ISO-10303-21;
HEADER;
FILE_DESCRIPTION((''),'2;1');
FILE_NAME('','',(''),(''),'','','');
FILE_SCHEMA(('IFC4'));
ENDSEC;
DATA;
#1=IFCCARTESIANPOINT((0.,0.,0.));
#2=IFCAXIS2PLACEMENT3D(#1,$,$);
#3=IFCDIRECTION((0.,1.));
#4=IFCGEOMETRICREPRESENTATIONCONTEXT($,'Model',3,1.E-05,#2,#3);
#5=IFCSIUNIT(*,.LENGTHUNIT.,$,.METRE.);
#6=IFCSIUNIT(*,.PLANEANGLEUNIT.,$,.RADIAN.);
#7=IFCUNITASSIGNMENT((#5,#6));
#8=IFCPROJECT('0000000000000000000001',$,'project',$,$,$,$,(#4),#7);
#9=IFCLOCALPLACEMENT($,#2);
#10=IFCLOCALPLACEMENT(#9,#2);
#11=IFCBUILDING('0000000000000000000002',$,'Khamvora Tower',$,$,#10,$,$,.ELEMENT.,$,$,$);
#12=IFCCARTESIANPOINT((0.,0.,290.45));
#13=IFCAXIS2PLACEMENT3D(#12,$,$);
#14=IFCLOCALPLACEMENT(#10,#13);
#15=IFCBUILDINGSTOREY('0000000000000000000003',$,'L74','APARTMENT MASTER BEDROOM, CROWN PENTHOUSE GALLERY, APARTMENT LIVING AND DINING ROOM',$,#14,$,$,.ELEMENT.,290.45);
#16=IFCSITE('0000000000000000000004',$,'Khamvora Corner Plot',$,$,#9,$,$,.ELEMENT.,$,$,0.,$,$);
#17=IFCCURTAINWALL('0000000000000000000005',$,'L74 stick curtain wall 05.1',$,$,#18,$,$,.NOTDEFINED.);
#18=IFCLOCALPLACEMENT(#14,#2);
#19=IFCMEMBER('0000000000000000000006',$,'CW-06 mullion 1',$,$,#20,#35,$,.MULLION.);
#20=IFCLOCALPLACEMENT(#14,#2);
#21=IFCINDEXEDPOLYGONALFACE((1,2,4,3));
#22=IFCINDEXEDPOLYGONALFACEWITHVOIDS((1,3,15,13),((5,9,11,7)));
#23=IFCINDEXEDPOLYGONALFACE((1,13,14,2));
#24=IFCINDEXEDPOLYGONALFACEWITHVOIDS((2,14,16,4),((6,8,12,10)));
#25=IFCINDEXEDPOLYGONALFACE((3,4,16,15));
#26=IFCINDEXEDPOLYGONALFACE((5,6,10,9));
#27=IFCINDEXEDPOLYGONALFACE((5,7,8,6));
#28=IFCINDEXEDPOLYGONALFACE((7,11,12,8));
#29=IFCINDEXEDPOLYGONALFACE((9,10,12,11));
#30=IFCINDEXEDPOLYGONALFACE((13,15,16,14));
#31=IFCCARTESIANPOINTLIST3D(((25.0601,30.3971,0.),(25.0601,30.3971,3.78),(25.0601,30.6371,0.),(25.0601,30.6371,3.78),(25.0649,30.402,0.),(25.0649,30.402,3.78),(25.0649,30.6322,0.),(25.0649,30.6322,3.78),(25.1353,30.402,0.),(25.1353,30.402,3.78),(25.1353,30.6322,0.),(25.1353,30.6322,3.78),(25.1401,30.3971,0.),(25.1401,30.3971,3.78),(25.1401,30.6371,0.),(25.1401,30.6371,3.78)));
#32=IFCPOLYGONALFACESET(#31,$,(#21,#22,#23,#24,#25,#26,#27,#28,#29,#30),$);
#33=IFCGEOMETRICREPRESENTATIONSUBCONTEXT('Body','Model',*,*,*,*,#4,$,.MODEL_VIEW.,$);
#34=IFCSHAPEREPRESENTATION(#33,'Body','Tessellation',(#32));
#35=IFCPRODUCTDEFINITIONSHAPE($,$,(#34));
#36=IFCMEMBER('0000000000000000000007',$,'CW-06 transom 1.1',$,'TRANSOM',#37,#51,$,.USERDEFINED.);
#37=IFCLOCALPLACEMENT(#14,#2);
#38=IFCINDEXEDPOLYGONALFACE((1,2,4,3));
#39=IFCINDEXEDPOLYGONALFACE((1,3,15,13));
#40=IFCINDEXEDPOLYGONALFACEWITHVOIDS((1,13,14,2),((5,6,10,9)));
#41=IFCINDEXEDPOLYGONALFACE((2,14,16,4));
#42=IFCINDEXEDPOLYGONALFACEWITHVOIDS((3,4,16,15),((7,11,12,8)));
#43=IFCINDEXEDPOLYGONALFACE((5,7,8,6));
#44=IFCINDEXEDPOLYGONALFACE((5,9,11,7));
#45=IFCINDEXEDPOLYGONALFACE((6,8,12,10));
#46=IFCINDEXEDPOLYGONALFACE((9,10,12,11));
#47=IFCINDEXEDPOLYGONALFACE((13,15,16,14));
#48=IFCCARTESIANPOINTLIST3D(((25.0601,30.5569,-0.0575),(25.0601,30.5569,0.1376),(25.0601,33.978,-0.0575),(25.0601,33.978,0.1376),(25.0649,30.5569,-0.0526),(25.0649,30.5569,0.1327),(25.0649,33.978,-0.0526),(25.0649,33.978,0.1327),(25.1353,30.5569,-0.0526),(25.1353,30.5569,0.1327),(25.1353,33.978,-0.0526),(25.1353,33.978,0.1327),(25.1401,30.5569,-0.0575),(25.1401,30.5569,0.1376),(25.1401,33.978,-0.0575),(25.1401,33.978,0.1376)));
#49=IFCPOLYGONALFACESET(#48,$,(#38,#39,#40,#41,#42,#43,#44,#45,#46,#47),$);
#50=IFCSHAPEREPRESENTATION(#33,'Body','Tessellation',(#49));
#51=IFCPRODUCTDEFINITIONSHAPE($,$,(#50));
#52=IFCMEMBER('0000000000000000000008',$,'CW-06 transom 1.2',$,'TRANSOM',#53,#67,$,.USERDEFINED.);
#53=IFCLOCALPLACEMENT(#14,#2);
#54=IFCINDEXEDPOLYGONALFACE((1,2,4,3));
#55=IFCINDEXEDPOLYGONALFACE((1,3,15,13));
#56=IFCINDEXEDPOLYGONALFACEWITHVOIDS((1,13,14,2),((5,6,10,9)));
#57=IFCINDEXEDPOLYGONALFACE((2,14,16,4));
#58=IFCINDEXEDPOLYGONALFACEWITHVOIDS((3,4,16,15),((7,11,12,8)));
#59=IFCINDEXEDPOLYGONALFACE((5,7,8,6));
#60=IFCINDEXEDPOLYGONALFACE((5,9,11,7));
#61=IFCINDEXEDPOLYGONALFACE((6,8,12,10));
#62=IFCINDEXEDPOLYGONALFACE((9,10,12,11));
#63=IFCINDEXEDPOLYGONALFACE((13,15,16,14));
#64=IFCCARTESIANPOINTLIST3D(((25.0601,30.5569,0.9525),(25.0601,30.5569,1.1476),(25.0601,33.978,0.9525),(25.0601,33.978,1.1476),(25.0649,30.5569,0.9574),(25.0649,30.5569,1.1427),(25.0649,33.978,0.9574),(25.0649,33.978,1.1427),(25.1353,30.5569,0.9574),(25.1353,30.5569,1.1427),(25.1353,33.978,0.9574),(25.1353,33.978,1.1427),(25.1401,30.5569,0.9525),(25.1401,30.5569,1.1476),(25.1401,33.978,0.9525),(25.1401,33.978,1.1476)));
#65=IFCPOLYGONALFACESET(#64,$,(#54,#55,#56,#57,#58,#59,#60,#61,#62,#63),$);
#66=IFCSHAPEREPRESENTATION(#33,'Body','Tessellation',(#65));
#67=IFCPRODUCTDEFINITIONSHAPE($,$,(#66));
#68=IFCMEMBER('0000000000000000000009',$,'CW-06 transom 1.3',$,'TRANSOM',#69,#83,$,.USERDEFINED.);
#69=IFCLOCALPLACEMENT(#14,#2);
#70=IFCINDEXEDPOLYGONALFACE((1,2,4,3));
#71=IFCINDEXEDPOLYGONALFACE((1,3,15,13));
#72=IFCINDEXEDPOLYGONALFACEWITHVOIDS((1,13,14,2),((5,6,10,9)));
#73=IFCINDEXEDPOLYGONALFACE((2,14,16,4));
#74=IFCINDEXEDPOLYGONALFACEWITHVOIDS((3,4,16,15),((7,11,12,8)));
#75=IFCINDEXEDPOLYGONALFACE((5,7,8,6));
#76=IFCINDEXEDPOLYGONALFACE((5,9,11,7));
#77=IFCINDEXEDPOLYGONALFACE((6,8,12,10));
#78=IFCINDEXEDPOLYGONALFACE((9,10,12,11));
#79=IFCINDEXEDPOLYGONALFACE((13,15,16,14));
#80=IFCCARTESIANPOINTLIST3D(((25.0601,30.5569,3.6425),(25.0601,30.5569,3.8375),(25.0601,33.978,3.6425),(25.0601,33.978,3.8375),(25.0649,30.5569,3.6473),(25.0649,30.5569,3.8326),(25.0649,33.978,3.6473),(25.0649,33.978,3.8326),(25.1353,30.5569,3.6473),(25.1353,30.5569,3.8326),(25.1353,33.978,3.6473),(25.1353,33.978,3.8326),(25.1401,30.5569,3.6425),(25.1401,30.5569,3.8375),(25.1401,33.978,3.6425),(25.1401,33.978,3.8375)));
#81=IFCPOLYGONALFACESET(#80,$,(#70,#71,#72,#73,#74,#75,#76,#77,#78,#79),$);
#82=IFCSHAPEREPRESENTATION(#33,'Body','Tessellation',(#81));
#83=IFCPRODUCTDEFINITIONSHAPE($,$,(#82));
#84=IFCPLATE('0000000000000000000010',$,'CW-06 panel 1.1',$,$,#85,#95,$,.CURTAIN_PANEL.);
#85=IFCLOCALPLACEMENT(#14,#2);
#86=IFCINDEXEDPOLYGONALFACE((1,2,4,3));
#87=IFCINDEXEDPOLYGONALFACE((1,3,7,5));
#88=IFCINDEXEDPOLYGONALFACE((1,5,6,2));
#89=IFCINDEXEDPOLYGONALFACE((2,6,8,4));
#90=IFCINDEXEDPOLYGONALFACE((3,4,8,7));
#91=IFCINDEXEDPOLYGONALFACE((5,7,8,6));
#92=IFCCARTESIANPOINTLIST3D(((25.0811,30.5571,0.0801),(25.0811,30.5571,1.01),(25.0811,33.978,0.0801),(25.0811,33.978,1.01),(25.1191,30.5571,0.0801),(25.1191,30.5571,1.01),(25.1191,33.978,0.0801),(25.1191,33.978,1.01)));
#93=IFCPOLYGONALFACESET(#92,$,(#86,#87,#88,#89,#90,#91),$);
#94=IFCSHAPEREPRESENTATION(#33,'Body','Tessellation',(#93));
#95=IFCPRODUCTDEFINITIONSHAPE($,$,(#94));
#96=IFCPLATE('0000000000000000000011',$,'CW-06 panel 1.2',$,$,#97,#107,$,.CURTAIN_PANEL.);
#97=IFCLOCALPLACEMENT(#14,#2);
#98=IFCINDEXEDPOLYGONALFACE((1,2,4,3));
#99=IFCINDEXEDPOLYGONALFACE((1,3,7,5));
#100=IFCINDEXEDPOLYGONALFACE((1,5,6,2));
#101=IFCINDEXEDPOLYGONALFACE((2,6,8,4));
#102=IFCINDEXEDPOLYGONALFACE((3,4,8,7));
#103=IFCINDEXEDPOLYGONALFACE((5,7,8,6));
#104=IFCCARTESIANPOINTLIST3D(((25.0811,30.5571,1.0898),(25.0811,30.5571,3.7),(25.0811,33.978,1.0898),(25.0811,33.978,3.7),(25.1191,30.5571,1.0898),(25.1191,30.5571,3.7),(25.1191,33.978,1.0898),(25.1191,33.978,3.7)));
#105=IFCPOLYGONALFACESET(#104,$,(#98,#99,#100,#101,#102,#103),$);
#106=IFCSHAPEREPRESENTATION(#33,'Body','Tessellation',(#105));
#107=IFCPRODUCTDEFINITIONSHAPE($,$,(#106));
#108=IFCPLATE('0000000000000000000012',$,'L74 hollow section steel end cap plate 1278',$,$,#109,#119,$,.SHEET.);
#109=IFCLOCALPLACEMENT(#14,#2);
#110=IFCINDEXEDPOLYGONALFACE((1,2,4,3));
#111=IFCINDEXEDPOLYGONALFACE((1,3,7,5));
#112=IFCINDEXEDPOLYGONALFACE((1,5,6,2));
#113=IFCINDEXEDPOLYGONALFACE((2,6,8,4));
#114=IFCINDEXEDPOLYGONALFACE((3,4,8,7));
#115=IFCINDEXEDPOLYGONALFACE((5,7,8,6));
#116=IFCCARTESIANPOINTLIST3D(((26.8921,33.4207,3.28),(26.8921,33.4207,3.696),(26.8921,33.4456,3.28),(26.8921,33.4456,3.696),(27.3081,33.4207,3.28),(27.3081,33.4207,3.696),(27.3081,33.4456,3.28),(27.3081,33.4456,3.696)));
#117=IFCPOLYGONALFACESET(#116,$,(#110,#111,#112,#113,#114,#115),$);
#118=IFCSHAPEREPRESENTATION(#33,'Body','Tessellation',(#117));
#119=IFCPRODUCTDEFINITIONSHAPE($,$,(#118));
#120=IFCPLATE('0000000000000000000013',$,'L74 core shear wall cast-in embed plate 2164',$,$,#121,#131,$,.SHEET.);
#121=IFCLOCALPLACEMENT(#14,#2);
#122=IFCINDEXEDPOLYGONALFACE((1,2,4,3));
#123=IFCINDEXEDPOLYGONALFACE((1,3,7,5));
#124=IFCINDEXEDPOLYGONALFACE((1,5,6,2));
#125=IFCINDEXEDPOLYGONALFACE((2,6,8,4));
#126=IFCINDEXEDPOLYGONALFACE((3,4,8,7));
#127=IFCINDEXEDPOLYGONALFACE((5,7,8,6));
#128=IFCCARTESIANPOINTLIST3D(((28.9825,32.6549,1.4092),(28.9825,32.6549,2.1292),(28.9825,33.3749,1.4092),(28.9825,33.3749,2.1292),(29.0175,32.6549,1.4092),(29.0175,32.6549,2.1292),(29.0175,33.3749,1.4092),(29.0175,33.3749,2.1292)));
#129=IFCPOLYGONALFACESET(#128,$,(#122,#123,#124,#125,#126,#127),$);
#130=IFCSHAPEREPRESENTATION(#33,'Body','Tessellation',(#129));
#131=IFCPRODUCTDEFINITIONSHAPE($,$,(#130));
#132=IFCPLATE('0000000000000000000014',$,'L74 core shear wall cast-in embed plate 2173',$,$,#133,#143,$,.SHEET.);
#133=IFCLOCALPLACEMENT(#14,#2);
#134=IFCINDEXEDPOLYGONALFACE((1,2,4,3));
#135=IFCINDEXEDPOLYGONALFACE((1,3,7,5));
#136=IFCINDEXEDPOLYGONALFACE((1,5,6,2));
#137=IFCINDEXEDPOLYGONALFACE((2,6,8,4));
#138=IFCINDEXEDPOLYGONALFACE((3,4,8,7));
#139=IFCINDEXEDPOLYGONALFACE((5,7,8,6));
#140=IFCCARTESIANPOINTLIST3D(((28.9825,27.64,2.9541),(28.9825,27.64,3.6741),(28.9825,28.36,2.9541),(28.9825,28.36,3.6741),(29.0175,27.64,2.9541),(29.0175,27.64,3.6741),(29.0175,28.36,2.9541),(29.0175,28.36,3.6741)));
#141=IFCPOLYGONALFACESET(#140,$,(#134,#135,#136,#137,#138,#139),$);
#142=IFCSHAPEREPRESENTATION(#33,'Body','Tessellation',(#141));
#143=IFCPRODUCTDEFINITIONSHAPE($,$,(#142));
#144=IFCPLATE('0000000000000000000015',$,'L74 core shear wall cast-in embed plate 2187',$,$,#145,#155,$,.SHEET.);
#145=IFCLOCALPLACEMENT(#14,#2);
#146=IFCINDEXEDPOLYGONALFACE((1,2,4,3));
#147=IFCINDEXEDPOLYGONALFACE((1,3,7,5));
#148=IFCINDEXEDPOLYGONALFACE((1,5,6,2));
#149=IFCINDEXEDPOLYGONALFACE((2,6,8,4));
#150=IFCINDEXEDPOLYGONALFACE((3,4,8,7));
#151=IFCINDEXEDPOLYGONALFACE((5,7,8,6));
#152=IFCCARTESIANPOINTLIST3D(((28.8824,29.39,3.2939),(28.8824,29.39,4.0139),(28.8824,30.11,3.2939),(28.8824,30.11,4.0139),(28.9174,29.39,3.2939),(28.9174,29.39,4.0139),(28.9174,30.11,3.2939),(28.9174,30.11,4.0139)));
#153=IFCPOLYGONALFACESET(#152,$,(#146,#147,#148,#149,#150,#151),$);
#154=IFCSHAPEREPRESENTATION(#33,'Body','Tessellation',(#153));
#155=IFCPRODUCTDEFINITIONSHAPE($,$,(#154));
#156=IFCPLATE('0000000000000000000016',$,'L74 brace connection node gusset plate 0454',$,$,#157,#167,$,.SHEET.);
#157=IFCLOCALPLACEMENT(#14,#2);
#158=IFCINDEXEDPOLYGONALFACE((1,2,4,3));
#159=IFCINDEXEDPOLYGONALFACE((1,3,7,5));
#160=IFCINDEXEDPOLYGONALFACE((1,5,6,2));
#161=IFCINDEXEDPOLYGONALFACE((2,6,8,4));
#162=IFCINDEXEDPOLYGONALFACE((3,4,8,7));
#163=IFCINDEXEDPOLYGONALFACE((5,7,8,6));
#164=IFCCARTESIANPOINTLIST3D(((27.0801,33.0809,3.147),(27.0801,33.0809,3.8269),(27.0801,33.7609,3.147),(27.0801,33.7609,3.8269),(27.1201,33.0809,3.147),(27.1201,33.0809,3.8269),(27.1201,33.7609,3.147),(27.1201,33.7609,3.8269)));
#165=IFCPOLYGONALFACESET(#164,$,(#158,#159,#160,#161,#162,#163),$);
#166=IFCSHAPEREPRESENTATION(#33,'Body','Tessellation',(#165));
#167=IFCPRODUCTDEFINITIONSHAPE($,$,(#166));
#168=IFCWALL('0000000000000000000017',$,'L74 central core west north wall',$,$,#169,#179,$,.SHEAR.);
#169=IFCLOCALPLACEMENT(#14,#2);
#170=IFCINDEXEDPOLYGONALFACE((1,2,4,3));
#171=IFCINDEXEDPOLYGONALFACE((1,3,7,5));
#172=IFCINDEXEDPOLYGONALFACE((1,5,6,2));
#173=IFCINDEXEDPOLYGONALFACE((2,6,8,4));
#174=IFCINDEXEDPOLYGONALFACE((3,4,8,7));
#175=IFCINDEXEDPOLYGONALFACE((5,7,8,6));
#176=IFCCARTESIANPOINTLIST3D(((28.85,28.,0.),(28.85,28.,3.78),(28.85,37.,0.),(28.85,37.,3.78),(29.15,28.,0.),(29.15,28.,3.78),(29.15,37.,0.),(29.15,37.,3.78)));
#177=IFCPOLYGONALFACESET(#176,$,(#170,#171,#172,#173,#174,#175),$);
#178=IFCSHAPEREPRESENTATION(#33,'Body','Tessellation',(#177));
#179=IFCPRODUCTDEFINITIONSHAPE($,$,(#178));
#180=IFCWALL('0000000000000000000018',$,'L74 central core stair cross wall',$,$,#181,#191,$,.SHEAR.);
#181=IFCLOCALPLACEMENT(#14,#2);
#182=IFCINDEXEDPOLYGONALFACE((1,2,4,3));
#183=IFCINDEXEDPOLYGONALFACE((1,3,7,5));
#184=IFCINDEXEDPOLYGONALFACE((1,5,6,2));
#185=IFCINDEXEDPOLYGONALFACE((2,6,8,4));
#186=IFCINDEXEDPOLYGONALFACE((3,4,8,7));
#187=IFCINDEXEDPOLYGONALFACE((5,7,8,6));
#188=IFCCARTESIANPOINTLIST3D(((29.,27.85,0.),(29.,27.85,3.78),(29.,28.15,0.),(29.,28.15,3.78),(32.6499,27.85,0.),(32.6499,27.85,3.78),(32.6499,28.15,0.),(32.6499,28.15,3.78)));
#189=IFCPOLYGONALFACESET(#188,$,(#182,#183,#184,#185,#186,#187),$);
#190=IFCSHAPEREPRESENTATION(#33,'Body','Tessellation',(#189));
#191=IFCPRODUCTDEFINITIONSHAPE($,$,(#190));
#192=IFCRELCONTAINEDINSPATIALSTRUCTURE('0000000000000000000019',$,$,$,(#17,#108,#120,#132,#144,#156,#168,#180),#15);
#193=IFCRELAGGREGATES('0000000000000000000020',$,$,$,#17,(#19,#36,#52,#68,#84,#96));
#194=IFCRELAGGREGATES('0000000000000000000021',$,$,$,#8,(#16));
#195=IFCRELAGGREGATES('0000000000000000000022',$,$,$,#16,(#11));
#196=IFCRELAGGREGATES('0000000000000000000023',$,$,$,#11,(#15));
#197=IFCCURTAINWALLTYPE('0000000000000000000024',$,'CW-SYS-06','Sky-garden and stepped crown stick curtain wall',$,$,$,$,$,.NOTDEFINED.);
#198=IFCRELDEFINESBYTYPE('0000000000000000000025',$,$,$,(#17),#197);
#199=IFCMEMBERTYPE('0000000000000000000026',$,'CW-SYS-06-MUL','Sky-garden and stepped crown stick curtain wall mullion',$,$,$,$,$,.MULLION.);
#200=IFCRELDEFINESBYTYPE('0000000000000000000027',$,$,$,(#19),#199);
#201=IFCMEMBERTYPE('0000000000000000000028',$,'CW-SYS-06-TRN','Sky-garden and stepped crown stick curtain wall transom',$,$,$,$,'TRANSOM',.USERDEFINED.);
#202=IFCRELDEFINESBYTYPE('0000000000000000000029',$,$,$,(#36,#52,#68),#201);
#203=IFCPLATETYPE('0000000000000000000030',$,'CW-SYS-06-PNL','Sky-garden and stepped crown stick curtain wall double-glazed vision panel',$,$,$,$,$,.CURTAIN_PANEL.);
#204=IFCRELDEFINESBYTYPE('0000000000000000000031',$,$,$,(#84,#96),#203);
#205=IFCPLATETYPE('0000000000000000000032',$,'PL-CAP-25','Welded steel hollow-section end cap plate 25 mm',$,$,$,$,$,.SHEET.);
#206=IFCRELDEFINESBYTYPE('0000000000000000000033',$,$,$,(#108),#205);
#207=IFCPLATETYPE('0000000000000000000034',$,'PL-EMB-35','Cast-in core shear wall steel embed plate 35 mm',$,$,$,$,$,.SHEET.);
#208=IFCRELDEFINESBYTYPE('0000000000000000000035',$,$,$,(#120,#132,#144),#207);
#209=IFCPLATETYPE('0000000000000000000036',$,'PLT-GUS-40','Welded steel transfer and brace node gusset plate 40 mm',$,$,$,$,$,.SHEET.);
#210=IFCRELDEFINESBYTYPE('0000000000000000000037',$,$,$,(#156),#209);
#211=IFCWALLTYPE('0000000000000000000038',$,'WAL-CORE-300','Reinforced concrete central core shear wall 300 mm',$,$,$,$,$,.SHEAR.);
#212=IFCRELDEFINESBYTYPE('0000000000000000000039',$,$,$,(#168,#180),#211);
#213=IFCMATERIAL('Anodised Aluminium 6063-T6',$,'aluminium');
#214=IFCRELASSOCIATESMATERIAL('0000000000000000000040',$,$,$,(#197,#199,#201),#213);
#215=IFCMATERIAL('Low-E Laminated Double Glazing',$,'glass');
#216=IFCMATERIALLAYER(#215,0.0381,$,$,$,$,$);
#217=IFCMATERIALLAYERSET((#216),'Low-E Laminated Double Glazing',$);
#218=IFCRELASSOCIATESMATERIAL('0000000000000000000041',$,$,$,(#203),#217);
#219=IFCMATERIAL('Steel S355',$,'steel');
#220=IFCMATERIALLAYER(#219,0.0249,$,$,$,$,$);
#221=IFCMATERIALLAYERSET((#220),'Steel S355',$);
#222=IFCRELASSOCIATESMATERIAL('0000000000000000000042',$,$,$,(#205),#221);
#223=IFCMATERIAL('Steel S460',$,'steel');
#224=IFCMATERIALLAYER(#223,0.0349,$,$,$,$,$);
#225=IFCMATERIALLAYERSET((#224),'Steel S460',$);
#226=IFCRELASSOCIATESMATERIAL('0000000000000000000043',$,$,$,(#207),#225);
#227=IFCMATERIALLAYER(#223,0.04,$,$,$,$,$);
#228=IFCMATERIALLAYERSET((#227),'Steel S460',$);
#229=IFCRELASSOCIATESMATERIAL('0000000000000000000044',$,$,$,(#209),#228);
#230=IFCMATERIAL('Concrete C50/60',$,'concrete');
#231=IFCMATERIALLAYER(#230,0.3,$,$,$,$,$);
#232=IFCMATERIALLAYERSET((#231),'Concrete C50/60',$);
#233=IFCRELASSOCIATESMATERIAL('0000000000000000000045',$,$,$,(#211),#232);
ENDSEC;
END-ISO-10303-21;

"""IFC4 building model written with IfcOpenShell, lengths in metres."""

from ifc_helpers import new_model, si_unit, direction, frame, frame_2d, origin, origin_2d, place, context, subcontext, project, spatial, rectangle, hollow_rectangle, extrude, material, layer, layer_set, material_profile, profile_set, type_object, element, aggregate, save


model = new_model("IFC4")

# Units and contexts
model_context = context("Model", 3, precision=1e-05, world=origin(), true_north=direction((0.0, 1.0)))
body_context = subcontext(model_context, "Body", "Model", "MODEL_VIEW")
ifc_project = project(units=[si_unit("LENGTHUNIT", "METRE"), si_unit("PLANEANGLEUNIT", "RADIAN")], contexts=[model_context])

# Site, building, storey
site_placement = place(None, origin())
site = spatial("IfcSite", under=ifc_project, at=site_placement, Name="Khamvora Corner Plot", CompositionType="ELEMENT", RefElevation=0.0)
building_placement = place(site_placement, origin())
building = spatial("IfcBuilding", under=site, at=building_placement, Name="Khamvora Tower", CompositionType="ELEMENT")
storey_placement = place(building_placement, frame((0.0, 0.0, 290.45)))
storey = spatial("IfcBuildingStorey", under=building, at=storey_placement, Name="L74", Description="APARTMENT MASTER BEDROOM, CROWN PENTHOUSE GALLERY, APARTMENT LIVING AND DINING ROOM", CompositionType="ELEMENT", Elevation=290.45)

# Shared definitions
ifc_material_1 = material(Name="Steel S355", Category="steel")
ifc_material_2 = material(Name="Steel S460", Category="steel")

# Curtain wall, members, plates
ifc_material_3 = material(Name="Anodised Aluminium 6063-T6", Category="aluminium")
curtain_wall_type = type_object("IfcCurtainWallType", Name="CW-SYS-06", Description="Sky-garden and stepped crown stick curtain wall", PredefinedType="NOTDEFINED", material=ifc_material_3)
curtain_wall_placement = place(storey_placement, origin())
curtain_wall = element("IfcCurtainWall", 1, at=curtain_wall_placement, inside=storey, type_object=curtain_wall_type, Name="L74 stick curtain wall 05.1", PredefinedType="NOTDEFINED")
ifc_material_profile_1 = material_profile(ifc_material_3, hollow_rectangle(XDim=0.0801, YDim=0.24, WallThickness=0.0049, at=origin_2d()), Name="MUL80x240x5")
ifc_profile_set_1 = profile_set([ifc_material_profile_1], Name="Anodised Aluminium 6063-T6")
member_type_1 = type_object("IfcMemberType", Name="CW-SYS-06-MUL", Description="Sky-garden and stepped crown stick curtain wall mullion", PredefinedType="MULLION", material=ifc_profile_set_1)
member_1_placement = place(storey_placement, frame((25.1001, 30.5171, 0.0), z_axis=(0.0, 0.0, 1.0), x_axis=(-1.0, 0.0, 0.0)))
member_1 = element("IfcMember", 2, at=member_1_placement, type_object=member_type_1, Name="CW-06 mullion 1", PredefinedType="MULLION", context=body_context, shape_type="SweptSolid", body=[
    extrude(hollow_rectangle(XDim=0.0801, YDim=0.24, WallThickness=0.0049, at=origin_2d()), origin(), (0.0, 0.0, 1.0), 3.78),
])
ifc_material_profile_2 = material_profile(ifc_material_3, hollow_rectangle(XDim=0.0801, YDim=0.1951, WallThickness=0.0049, at=origin_2d()), Name="TRN80x195x5")
ifc_profile_set_2 = profile_set([ifc_material_profile_2], Name="Anodised Aluminium 6063-T6")
member_type_2 = type_object("IfcMemberType", Name="CW-SYS-06-TRN", Description="Sky-garden and stepped crown stick curtain wall transom", ElementType="TRANSOM", PredefinedType="USERDEFINED", material=ifc_profile_set_2)
member_2_placement = place(storey_placement, frame((25.1001, 30.5569, 0.04), z_axis=(0.0, 1.0, 0.0), x_axis=(-1.0, 0.0, 0.0)))
member_2 = element("IfcMember", 3, at=member_2_placement, type_object=member_type_2, Name="CW-06 transom 1.1", ObjectType="TRANSOM", PredefinedType="USERDEFINED", context=body_context, shape_type="SweptSolid", body=[
    extrude(hollow_rectangle(XDim=0.0801, YDim=0.1951, WallThickness=0.0049, at=origin_2d()), origin(), (0.0, 0.0, 1.0), 3.4211),
])
member_3_placement = place(storey_placement, frame((25.1001, 30.5569, 1.05), z_axis=(0.0, 1.0, 0.0), x_axis=(-1.0, 0.0, 0.0)))
member_3 = element("IfcMember", 4, at=member_3_placement, type_object=member_type_2, Name="CW-06 transom 1.2", ObjectType="TRANSOM", PredefinedType="USERDEFINED", context=body_context, shape_type="SweptSolid", body=[
    extrude(hollow_rectangle(XDim=0.0801, YDim=0.1951, WallThickness=0.0049, at=origin_2d()), origin(), (0.0, 0.0, 1.0), 3.4211),
])
member_4_placement = place(storey_placement, frame((25.1001, 30.5569, 3.74), z_axis=(0.0, 1.0, 0.0), x_axis=(-1.0, 0.0, 0.0)))
member_4 = element("IfcMember", 5, at=member_4_placement, type_object=member_type_2, Name="CW-06 transom 1.3", ObjectType="TRANSOM", PredefinedType="USERDEFINED", context=body_context, shape_type="SweptSolid", body=[
    extrude(hollow_rectangle(XDim=0.0801, YDim=0.1951, WallThickness=0.0049, at=origin_2d()), origin(), (0.0, 0.0, 1.0), 3.4211),
])
ifc_material_4 = material(Name="Low-E Laminated Double Glazing", Category="glass")
ifc_layer_1 = layer(ifc_material_4, 0.0381)
ifc_layer_set_1 = layer_set([ifc_layer_1], Name="Low-E Laminated Double Glazing")
plate_type_1 = type_object("IfcPlateType", Name="CW-SYS-06-PNL", Description="Sky-garden and stepped crown stick curtain wall double-glazed vision panel", PredefinedType="CURTAIN_PANEL", material=ifc_layer_set_1)
plate_1_placement = place(storey_placement, frame((25.1001, 32.2676, 0.0801), z_axis=(0.0, 0.0, 1.0), x_axis=(0.0, 1.0, 0.0)))
plate_1 = element("IfcPlate", 6, at=plate_1_placement, type_object=plate_type_1, Name="CW-06 panel 1.1", PredefinedType="CURTAIN_PANEL", context=body_context, shape_type="SweptSolid", body=[
    extrude(rectangle(XDim=3.4209, YDim=0.0381, at=origin_2d()), origin(), (0.0, 0.0, 1.0), 0.9299),
])
plate_2_placement = place(storey_placement, frame((25.1001, 32.2676, 1.0898), z_axis=(0.0, 0.0, 1.0), x_axis=(0.0, 1.0, 0.0)))
plate_2 = element("IfcPlate", 7, at=plate_2_placement, type_object=plate_type_1, Name="CW-06 panel 1.2", PredefinedType="CURTAIN_PANEL", context=body_context, shape_type="SweptSolid", body=[
    extrude(rectangle(XDim=3.4209, YDim=0.0381, at=origin_2d()), origin(), (0.0, 0.0, 1.0), 2.6101),
])
aggregate(curtain_wall, [member_1, member_2, member_3, member_4, plate_1, plate_2])

# Plates
ifc_layer_2 = layer(ifc_material_1, 0.0249)
ifc_layer_set_2 = layer_set([ifc_layer_2], Name="Steel S355")
plate_type_2 = type_object("IfcPlateType", Name="PL-CAP-25", Description="Welded steel hollow-section end cap plate 25 mm", PredefinedType="SHEET", material=ifc_layer_set_2)
plate_3_placement = place(storey_placement, frame((27.1001, 33.4331, 3.28), z_axis=(0.0, 0.0, 1.0), x_axis=(0.0, 1.0, 0.0)))
element("IfcPlate", 8, at=plate_3_placement, inside=storey, type_object=plate_type_2, Name="L74 hollow section steel end cap plate 1278", PredefinedType="SHEET", context=body_context, shape_type="SweptSolid", body=[
    extrude(rectangle(XDim=0.0249, YDim=0.416, at=origin_2d()), origin(), (0.0, 0.0, 1.0), 0.416),
])
ifc_layer_3 = layer(ifc_material_2, 0.0349)
ifc_layer_set_3 = layer_set([ifc_layer_3], Name="Steel S460")
plate_type_3 = type_object("IfcPlateType", Name="PL-EMB-35", Description="Cast-in core shear wall steel embed plate 35 mm", PredefinedType="SHEET", material=ifc_layer_set_3)
for number, where, z_axis, x_axis, name in (
    (9, (29.0, 33.0149, 1.4092), (0.0, 0.0, 1.0), (1.0, 0.0, 0.0), "L74 core shear wall cast-in embed plate 2164"),
    (10, (29.0, 28.0, 2.9541), (0.0, 0.0, 1.0), (1.0, 0.0, 0.0), "L74 core shear wall cast-in embed plate 2173"),
    (11, (28.8999, 29.75, 3.2939), (0.0, 0.0, 1.0), (1.0, 0.0, 0.0), "L74 core shear wall cast-in embed plate 2187"),
):
    element("IfcPlate", number, at=place(storey_placement, frame(where, z_axis=z_axis, x_axis=x_axis)), inside=storey, type_object=plate_type_3, Name=name, PredefinedType="SHEET", context=body_context, shape_type="SweptSolid", body=[
        extrude(rectangle(XDim=0.0349, YDim=0.72, at=origin_2d()), origin(), (0.0, 0.0, 1.0), 0.72),
    ])
ifc_layer_4 = layer(ifc_material_2, 0.04)
ifc_layer_set_4 = layer_set([ifc_layer_4], Name="Steel S460")
plate_type_4 = type_object("IfcPlateType", Name="PLT-GUS-40", Description="Welded steel transfer and brace node gusset plate 40 mm", PredefinedType="SHEET", material=ifc_layer_set_4)
plate_4_placement = place(storey_placement, frame((27.1001, 33.4209, 3.147), z_axis=(0.0, 0.0, 1.0), x_axis=(0.0, 1.0, 0.0)))
element("IfcPlate", 12, at=plate_4_placement, inside=storey, type_object=plate_type_4, Name="L74 brace connection node gusset plate 0454", PredefinedType="SHEET", context=body_context, shape_type="SweptSolid", body=[
    extrude(rectangle(XDim=0.6799, YDim=0.04, at=origin_2d()), origin(), (0.0, 0.0, 1.0), 0.6799),
])

# Walls
ifc_material_5 = material(Name="Concrete C50/60", Category="concrete")
ifc_layer_5 = layer(ifc_material_5, 0.3)
ifc_layer_set_5 = layer_set([ifc_layer_5], Name="Concrete C50/60")
wall_type_1 = type_object("IfcWallType", Name="WAL-CORE-300", Description="Reinforced concrete central core shear wall 300 mm", PredefinedType="SHEAR", material=ifc_layer_set_5)
wall_1_placement = place(storey_placement, frame((29.0, 28.0, 0.0), z_axis=(0.0, 0.0, 1.0), x_axis=(0.0, 1.0, 0.0)))
element("IfcWall", 13, at=wall_1_placement, inside=storey, type_object=wall_type_1, Name="L74 central core west north wall", PredefinedType="SHEAR", context=body_context, shape_type="SweptSolid", body=[
    extrude(rectangle(XDim=9.0, YDim=0.3, at=frame_2d((4.5, 0.0))), origin(), (0.0, 0.0, 1.0), 3.78),
])
wall_2_placement = place(storey_placement, frame((29.0, 28.0, 0.0), z_axis=(0.0, 0.0, 1.0), x_axis=(1.0, 0.0, 0.0)))
element("IfcWall", 14, at=wall_2_placement, inside=storey, type_object=wall_type_1, Name="L74 central core stair cross wall", PredefinedType="SHEAR", context=body_context, shape_type="SweptSolid", body=[
    extrude(rectangle(XDim=3.6499, YDim=0.3, at=frame_2d((1.825, 0.0))), origin(), (0.0, 0.0, 1.0), 3.78),
])

save(model, "model.ifc")
